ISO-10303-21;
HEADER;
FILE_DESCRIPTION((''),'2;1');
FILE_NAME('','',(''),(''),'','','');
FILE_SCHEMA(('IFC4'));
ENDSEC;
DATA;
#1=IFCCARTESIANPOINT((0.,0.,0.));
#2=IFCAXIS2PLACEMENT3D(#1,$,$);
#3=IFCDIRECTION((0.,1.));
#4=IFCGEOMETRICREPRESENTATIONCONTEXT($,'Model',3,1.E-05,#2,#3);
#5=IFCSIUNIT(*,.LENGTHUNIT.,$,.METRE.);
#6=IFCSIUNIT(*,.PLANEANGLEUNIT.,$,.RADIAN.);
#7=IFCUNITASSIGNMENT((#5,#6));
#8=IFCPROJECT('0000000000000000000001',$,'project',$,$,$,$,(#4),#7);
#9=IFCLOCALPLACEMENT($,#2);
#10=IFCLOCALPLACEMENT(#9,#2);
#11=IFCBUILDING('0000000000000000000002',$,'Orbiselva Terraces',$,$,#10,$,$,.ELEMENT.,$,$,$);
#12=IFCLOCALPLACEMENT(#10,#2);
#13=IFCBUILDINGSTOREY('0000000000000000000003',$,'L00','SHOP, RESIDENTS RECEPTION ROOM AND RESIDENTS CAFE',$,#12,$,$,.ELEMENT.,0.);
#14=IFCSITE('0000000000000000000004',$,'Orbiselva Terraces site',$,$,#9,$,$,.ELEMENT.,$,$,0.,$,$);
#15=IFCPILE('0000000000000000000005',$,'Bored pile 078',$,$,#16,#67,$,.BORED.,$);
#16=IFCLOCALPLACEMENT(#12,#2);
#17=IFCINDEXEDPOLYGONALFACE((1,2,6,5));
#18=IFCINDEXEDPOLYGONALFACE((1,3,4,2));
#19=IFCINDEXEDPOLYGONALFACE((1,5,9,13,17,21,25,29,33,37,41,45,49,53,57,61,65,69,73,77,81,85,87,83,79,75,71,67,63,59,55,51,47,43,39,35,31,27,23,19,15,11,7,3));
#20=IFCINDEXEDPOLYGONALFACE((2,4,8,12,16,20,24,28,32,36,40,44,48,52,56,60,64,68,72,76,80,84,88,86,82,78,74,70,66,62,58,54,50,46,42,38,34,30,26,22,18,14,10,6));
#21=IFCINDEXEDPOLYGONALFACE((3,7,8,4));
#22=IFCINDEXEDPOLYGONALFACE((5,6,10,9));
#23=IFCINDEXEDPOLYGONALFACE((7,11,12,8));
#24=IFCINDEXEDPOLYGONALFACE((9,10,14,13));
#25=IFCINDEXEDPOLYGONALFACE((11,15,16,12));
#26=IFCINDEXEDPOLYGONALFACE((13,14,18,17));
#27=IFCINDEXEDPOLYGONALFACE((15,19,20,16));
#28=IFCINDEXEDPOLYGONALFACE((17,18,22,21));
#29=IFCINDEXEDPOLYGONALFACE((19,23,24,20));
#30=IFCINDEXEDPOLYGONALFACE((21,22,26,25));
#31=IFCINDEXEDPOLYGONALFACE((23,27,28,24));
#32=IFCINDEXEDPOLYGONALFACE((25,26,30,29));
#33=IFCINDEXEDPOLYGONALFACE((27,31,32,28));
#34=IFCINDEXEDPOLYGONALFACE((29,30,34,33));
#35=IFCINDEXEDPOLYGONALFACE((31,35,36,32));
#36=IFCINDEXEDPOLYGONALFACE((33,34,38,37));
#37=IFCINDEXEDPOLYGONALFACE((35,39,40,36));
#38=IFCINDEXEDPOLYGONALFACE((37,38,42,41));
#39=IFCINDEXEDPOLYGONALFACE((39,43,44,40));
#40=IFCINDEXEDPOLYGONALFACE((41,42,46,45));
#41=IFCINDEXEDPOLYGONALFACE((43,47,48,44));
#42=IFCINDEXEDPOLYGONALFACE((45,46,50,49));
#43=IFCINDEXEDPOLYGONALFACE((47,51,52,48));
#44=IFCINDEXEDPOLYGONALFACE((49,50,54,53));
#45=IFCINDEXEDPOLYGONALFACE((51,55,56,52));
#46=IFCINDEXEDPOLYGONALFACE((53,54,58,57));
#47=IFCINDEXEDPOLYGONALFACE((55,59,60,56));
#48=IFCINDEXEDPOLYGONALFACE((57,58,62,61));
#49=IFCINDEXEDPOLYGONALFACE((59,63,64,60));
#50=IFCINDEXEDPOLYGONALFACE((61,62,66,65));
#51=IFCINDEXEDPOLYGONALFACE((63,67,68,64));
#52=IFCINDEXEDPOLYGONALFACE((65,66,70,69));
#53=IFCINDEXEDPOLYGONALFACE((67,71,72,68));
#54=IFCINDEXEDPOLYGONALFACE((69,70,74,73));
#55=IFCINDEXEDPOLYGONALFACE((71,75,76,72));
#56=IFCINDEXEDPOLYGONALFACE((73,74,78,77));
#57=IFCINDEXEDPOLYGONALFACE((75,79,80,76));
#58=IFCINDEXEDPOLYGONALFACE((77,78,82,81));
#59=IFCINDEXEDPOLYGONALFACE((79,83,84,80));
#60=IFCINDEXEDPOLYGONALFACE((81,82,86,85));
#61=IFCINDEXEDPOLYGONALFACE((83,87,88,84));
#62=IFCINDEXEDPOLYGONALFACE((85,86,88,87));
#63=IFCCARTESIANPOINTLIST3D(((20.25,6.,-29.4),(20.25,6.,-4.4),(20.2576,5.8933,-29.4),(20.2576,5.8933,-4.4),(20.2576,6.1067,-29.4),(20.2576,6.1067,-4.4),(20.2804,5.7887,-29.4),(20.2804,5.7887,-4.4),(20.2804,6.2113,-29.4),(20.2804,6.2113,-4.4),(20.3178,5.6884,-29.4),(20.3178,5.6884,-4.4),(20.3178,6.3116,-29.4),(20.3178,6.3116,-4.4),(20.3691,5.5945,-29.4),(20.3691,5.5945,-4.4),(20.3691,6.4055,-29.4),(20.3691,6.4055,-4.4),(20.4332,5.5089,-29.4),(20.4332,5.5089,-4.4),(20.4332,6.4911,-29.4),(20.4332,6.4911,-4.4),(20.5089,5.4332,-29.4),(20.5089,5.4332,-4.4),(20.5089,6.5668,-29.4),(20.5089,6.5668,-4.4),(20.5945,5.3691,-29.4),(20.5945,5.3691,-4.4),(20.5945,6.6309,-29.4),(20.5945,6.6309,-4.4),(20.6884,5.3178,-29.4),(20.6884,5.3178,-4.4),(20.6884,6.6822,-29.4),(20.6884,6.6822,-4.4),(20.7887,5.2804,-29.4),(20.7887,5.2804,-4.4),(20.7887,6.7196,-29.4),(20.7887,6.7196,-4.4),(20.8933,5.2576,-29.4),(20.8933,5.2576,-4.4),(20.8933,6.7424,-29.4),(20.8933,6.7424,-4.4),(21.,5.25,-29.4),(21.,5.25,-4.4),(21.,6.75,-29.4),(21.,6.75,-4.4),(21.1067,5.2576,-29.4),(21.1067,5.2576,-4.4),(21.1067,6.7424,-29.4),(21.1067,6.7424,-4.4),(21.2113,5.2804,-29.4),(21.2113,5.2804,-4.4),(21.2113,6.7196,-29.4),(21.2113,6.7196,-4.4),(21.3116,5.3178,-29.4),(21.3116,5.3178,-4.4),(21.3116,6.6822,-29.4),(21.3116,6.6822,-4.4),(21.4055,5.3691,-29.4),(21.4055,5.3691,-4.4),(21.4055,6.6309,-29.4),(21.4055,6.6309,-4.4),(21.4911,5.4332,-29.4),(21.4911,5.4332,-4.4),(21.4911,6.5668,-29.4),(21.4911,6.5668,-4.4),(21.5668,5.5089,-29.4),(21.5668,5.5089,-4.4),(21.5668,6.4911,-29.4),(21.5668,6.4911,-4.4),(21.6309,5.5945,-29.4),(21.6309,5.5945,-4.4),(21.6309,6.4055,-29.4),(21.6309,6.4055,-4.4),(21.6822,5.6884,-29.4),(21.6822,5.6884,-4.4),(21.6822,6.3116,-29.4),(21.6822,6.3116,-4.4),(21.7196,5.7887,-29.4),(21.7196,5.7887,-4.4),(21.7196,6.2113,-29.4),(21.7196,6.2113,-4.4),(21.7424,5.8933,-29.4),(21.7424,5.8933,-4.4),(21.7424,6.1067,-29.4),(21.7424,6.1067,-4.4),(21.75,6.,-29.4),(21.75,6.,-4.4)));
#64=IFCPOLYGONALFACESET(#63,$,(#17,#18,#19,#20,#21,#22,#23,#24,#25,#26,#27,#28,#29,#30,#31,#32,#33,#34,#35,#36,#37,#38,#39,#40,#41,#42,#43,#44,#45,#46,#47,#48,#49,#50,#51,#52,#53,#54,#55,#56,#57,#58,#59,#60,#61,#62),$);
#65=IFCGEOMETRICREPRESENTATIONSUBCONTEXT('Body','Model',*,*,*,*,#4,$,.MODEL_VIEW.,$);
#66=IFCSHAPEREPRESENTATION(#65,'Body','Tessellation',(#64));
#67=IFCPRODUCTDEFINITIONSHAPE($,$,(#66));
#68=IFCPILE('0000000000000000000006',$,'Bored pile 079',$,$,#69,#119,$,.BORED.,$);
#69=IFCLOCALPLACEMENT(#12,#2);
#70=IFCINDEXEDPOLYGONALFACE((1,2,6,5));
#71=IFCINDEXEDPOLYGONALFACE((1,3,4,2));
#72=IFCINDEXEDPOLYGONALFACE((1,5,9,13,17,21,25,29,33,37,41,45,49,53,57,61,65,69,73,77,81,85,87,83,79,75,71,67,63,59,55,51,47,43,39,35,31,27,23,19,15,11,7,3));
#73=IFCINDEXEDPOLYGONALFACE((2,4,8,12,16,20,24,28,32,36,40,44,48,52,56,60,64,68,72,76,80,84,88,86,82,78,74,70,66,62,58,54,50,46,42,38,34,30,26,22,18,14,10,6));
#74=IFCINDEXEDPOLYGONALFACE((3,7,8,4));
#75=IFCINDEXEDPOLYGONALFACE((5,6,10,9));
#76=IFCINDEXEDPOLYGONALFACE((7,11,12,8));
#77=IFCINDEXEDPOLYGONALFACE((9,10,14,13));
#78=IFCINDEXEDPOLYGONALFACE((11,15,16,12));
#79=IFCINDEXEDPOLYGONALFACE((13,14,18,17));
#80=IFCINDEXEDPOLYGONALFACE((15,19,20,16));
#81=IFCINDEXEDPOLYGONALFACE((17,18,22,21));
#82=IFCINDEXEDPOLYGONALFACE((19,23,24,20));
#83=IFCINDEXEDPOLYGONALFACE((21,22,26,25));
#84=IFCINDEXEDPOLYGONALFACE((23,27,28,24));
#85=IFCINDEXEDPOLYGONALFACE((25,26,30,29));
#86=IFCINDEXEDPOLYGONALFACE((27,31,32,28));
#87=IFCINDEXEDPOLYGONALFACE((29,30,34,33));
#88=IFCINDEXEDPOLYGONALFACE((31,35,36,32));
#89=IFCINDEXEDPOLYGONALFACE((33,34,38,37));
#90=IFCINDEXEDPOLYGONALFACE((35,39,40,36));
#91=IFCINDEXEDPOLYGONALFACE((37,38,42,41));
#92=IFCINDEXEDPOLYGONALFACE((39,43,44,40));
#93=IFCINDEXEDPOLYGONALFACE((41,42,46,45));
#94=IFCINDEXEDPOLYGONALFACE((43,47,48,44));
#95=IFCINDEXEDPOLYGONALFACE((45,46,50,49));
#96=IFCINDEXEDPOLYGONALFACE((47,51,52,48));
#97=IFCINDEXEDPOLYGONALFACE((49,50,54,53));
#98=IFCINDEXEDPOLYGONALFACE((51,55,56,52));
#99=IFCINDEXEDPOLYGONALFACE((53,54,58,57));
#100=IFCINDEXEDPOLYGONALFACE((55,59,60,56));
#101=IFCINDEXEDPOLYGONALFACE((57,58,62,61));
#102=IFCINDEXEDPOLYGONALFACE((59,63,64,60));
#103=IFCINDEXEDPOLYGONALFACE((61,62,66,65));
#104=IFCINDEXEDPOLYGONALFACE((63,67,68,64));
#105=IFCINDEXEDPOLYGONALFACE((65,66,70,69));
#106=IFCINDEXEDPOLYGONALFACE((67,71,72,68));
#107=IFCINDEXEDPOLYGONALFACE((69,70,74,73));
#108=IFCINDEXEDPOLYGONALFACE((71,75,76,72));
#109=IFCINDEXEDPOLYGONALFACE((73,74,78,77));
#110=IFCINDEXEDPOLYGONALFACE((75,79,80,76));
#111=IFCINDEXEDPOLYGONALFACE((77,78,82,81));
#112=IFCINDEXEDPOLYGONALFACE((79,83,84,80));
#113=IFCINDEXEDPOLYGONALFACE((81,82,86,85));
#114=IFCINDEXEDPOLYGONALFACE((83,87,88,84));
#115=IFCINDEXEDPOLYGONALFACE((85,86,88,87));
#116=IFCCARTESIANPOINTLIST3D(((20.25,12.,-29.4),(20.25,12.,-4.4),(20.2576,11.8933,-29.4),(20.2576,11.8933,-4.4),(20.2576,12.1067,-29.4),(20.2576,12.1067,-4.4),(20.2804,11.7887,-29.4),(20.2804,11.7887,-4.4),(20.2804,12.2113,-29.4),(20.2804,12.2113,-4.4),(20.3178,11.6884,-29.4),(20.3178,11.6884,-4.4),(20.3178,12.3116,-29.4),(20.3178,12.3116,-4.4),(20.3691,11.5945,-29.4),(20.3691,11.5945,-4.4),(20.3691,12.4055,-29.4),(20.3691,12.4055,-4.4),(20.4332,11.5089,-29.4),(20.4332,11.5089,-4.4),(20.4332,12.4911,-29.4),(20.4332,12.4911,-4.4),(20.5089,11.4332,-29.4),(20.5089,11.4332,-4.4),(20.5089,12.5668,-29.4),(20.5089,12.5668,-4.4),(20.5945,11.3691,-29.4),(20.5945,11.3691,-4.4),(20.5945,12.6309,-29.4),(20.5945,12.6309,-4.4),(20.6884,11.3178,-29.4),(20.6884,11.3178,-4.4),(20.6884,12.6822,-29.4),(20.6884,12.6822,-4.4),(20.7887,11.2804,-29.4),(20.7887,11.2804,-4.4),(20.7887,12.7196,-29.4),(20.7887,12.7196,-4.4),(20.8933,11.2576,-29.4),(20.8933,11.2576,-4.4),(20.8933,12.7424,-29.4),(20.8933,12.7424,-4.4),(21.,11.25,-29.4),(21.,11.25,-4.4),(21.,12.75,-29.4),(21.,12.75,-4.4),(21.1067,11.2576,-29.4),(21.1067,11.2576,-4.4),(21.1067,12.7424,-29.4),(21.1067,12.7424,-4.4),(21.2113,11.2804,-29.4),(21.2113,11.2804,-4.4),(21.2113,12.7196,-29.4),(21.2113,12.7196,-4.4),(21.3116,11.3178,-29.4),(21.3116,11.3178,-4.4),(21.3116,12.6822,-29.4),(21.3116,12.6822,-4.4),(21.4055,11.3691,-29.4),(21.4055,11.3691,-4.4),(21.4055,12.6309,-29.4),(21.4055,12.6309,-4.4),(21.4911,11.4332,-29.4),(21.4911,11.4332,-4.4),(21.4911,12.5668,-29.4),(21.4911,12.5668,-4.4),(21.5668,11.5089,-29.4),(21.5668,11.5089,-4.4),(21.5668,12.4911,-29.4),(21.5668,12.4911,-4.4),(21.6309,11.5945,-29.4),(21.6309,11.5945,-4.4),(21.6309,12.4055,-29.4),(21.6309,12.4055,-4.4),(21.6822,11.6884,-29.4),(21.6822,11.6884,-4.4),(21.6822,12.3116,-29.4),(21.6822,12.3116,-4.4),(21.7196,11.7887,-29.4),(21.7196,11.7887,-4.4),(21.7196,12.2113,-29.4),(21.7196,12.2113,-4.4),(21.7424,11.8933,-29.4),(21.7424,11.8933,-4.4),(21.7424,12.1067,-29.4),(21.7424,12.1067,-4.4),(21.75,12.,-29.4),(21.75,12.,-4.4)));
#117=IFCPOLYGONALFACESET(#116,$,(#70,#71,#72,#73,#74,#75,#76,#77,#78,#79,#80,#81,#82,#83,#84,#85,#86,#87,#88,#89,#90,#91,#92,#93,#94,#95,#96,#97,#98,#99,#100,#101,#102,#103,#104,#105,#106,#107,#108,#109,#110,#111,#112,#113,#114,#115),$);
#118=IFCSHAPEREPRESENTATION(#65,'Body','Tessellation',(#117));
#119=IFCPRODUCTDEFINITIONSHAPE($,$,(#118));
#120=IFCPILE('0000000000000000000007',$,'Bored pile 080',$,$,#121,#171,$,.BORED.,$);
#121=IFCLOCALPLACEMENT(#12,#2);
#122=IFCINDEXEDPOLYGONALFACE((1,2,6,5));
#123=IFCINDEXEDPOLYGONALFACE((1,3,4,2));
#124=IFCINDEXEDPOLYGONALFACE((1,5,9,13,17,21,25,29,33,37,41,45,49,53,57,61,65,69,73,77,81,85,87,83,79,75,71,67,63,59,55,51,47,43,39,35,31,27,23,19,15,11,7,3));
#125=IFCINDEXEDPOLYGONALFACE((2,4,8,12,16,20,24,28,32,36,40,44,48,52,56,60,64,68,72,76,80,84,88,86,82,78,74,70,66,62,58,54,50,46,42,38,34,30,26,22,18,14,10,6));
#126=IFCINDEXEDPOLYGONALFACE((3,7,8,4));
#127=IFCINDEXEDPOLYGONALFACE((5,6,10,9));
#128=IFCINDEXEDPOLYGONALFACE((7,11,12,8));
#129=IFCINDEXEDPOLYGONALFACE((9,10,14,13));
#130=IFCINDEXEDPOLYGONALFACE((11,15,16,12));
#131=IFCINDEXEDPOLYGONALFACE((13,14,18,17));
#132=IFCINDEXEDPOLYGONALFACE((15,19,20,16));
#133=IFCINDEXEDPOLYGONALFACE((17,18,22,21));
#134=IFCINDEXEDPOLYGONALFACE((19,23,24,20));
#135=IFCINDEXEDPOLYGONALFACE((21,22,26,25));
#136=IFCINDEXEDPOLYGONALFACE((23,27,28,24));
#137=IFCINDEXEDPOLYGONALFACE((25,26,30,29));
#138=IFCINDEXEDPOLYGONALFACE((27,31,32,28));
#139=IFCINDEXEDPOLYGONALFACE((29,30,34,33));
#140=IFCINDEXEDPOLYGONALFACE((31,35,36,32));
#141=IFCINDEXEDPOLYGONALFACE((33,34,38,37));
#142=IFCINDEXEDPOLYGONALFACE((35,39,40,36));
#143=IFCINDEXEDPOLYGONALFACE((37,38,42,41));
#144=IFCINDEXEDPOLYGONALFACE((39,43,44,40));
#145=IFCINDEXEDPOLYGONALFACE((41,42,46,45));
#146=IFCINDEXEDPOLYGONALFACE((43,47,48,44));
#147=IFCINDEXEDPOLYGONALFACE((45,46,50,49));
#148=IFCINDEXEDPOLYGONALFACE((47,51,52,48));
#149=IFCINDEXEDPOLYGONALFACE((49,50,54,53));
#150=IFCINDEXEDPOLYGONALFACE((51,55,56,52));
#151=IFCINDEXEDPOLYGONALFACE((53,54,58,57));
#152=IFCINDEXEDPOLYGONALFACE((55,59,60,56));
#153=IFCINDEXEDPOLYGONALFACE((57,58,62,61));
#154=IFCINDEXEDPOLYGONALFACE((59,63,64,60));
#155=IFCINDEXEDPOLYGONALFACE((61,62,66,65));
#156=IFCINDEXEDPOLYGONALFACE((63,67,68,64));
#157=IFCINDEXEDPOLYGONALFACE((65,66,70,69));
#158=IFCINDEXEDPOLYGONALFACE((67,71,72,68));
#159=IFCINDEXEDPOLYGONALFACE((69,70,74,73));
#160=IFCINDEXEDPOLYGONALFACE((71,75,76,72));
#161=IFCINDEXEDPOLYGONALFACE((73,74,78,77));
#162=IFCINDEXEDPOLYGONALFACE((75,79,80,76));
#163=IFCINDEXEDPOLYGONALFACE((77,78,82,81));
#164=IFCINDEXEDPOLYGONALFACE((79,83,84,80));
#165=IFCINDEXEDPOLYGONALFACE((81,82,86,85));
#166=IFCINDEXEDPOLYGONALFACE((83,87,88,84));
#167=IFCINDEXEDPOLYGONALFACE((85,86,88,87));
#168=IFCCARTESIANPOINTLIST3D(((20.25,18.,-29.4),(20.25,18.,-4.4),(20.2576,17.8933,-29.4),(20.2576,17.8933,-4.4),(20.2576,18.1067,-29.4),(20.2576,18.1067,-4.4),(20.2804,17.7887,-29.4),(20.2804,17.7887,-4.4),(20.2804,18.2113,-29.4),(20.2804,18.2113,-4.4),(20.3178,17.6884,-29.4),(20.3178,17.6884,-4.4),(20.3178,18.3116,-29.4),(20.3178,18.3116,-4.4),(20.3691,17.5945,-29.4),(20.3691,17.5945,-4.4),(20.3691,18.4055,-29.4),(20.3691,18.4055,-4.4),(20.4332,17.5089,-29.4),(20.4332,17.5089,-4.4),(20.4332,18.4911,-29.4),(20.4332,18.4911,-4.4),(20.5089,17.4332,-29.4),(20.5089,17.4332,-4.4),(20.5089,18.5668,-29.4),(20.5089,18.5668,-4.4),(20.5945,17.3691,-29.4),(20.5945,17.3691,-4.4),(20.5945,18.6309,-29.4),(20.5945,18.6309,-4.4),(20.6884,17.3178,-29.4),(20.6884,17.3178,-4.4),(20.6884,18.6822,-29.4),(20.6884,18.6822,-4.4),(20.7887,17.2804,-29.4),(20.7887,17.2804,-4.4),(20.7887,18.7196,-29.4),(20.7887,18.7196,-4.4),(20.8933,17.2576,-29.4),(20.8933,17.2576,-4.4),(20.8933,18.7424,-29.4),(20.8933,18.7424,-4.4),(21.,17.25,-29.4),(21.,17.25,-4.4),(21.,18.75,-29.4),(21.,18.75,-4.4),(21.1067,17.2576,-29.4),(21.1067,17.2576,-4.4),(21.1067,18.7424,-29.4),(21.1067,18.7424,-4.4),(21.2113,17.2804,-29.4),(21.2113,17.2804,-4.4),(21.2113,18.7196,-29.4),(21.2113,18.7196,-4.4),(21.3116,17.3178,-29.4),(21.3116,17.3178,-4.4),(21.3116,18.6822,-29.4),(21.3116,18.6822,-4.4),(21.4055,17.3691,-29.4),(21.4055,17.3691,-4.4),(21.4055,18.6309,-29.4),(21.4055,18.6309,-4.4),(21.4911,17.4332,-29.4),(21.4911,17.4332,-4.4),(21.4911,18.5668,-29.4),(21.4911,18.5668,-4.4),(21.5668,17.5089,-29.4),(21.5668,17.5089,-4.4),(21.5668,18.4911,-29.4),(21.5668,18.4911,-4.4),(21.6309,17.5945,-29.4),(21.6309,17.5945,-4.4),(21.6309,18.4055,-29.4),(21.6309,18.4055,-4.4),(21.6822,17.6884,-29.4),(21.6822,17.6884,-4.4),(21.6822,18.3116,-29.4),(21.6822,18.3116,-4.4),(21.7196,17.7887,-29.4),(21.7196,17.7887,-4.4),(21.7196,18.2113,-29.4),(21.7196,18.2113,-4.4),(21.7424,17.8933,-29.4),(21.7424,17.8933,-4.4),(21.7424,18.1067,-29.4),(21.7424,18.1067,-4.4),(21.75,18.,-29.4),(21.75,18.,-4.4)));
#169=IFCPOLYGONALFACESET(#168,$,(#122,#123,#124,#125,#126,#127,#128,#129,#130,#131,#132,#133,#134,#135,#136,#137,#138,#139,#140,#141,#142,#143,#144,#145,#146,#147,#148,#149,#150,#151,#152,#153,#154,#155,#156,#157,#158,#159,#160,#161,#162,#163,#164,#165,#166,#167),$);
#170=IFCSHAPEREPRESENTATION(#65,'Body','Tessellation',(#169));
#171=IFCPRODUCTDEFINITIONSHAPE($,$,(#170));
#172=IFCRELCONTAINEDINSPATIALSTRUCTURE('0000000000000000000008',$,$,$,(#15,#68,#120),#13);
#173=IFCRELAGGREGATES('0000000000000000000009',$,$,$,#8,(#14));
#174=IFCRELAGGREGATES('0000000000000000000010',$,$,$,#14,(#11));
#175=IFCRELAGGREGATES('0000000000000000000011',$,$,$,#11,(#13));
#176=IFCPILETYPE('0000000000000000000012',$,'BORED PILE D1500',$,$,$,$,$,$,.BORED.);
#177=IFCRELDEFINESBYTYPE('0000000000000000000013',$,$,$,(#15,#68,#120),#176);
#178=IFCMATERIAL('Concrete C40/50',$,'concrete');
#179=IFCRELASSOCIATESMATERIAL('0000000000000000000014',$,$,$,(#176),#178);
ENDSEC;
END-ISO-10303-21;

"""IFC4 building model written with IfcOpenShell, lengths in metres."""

from ifc_helpers import new_model, si_unit, direction, frame, origin, origin_2d, place, context, subcontext, project, spatial, circle, extrude, material, material_profile, profile_set, type_object, element, save


model = new_model("IFC4")

# Units and contexts
model_context = context("Model", 3, precision=1e-05, world=origin(), true_north=direction((0.0, 1.0)))
body_context = subcontext(model_context, "Body", "Model", "MODEL_VIEW")
ifc_project = project(units=[si_unit("LENGTHUNIT", "METRE"), si_unit("PLANEANGLEUNIT", "RADIAN")], contexts=[model_context])

# Site, building, storey
site_placement = place(None, origin())
site = spatial("IfcSite", under=ifc_project, at=site_placement, Name="Orbiselva Terraces site", CompositionType="ELEMENT", RefElevation=0.0)
building_placement = place(site_placement, origin())
building = spatial("IfcBuilding", under=site, at=building_placement, Name="Orbiselva Terraces", CompositionType="ELEMENT")
storey_placement = place(building_placement, origin())
storey = spatial("IfcBuildingStorey", under=building, at=storey_placement, Name="L00", Description="SHOP, RESIDENTS RECEPTION ROOM AND RESIDENTS CAFE", CompositionType="ELEMENT", Elevation=0.0)

# Piles
ifc_material_1 = material(Name="Concrete C40/50", Category="concrete")
ifc_material_profile_1 = material_profile(ifc_material_1, circle(Radius=0.75, at=origin_2d()), Name="D1500")
ifc_profile_set_1 = profile_set([ifc_material_profile_1], Name="Concrete C40/50")
pile_type = type_object("IfcPileType", Name="BORED PILE D1500", PredefinedType="BORED", material=ifc_profile_set_1)
for number, where, z_axis, x_axis, name in (
    (1, (21.0, 6.0, -4.4), (0.0, 0.0, -1.0), (1.0, 0.0, 0.0), "Bored pile 078"),
    (2, (21.0, 12.0, -4.4), (0.0, 0.0, -1.0), (1.0, 0.0, 0.0), "Bored pile 079"),
    (3, (21.0, 18.0, -4.4), (0.0, 0.0, -1.0), (1.0, 0.0, 0.0), "Bored pile 080"),
):
    element("IfcPile", number, at=place(storey_placement, frame(where, z_axis=z_axis, x_axis=x_axis)), inside=storey, type_object=pile_type, Name=name, PredefinedType="BORED", context=body_context, shape_type="SweptSolid", body=[
        extrude(circle(Radius=0.75, at=origin_2d()), origin(), (0.0, 0.0, 1.0), 25.0),
    ])

save(model, "model.ifc")
